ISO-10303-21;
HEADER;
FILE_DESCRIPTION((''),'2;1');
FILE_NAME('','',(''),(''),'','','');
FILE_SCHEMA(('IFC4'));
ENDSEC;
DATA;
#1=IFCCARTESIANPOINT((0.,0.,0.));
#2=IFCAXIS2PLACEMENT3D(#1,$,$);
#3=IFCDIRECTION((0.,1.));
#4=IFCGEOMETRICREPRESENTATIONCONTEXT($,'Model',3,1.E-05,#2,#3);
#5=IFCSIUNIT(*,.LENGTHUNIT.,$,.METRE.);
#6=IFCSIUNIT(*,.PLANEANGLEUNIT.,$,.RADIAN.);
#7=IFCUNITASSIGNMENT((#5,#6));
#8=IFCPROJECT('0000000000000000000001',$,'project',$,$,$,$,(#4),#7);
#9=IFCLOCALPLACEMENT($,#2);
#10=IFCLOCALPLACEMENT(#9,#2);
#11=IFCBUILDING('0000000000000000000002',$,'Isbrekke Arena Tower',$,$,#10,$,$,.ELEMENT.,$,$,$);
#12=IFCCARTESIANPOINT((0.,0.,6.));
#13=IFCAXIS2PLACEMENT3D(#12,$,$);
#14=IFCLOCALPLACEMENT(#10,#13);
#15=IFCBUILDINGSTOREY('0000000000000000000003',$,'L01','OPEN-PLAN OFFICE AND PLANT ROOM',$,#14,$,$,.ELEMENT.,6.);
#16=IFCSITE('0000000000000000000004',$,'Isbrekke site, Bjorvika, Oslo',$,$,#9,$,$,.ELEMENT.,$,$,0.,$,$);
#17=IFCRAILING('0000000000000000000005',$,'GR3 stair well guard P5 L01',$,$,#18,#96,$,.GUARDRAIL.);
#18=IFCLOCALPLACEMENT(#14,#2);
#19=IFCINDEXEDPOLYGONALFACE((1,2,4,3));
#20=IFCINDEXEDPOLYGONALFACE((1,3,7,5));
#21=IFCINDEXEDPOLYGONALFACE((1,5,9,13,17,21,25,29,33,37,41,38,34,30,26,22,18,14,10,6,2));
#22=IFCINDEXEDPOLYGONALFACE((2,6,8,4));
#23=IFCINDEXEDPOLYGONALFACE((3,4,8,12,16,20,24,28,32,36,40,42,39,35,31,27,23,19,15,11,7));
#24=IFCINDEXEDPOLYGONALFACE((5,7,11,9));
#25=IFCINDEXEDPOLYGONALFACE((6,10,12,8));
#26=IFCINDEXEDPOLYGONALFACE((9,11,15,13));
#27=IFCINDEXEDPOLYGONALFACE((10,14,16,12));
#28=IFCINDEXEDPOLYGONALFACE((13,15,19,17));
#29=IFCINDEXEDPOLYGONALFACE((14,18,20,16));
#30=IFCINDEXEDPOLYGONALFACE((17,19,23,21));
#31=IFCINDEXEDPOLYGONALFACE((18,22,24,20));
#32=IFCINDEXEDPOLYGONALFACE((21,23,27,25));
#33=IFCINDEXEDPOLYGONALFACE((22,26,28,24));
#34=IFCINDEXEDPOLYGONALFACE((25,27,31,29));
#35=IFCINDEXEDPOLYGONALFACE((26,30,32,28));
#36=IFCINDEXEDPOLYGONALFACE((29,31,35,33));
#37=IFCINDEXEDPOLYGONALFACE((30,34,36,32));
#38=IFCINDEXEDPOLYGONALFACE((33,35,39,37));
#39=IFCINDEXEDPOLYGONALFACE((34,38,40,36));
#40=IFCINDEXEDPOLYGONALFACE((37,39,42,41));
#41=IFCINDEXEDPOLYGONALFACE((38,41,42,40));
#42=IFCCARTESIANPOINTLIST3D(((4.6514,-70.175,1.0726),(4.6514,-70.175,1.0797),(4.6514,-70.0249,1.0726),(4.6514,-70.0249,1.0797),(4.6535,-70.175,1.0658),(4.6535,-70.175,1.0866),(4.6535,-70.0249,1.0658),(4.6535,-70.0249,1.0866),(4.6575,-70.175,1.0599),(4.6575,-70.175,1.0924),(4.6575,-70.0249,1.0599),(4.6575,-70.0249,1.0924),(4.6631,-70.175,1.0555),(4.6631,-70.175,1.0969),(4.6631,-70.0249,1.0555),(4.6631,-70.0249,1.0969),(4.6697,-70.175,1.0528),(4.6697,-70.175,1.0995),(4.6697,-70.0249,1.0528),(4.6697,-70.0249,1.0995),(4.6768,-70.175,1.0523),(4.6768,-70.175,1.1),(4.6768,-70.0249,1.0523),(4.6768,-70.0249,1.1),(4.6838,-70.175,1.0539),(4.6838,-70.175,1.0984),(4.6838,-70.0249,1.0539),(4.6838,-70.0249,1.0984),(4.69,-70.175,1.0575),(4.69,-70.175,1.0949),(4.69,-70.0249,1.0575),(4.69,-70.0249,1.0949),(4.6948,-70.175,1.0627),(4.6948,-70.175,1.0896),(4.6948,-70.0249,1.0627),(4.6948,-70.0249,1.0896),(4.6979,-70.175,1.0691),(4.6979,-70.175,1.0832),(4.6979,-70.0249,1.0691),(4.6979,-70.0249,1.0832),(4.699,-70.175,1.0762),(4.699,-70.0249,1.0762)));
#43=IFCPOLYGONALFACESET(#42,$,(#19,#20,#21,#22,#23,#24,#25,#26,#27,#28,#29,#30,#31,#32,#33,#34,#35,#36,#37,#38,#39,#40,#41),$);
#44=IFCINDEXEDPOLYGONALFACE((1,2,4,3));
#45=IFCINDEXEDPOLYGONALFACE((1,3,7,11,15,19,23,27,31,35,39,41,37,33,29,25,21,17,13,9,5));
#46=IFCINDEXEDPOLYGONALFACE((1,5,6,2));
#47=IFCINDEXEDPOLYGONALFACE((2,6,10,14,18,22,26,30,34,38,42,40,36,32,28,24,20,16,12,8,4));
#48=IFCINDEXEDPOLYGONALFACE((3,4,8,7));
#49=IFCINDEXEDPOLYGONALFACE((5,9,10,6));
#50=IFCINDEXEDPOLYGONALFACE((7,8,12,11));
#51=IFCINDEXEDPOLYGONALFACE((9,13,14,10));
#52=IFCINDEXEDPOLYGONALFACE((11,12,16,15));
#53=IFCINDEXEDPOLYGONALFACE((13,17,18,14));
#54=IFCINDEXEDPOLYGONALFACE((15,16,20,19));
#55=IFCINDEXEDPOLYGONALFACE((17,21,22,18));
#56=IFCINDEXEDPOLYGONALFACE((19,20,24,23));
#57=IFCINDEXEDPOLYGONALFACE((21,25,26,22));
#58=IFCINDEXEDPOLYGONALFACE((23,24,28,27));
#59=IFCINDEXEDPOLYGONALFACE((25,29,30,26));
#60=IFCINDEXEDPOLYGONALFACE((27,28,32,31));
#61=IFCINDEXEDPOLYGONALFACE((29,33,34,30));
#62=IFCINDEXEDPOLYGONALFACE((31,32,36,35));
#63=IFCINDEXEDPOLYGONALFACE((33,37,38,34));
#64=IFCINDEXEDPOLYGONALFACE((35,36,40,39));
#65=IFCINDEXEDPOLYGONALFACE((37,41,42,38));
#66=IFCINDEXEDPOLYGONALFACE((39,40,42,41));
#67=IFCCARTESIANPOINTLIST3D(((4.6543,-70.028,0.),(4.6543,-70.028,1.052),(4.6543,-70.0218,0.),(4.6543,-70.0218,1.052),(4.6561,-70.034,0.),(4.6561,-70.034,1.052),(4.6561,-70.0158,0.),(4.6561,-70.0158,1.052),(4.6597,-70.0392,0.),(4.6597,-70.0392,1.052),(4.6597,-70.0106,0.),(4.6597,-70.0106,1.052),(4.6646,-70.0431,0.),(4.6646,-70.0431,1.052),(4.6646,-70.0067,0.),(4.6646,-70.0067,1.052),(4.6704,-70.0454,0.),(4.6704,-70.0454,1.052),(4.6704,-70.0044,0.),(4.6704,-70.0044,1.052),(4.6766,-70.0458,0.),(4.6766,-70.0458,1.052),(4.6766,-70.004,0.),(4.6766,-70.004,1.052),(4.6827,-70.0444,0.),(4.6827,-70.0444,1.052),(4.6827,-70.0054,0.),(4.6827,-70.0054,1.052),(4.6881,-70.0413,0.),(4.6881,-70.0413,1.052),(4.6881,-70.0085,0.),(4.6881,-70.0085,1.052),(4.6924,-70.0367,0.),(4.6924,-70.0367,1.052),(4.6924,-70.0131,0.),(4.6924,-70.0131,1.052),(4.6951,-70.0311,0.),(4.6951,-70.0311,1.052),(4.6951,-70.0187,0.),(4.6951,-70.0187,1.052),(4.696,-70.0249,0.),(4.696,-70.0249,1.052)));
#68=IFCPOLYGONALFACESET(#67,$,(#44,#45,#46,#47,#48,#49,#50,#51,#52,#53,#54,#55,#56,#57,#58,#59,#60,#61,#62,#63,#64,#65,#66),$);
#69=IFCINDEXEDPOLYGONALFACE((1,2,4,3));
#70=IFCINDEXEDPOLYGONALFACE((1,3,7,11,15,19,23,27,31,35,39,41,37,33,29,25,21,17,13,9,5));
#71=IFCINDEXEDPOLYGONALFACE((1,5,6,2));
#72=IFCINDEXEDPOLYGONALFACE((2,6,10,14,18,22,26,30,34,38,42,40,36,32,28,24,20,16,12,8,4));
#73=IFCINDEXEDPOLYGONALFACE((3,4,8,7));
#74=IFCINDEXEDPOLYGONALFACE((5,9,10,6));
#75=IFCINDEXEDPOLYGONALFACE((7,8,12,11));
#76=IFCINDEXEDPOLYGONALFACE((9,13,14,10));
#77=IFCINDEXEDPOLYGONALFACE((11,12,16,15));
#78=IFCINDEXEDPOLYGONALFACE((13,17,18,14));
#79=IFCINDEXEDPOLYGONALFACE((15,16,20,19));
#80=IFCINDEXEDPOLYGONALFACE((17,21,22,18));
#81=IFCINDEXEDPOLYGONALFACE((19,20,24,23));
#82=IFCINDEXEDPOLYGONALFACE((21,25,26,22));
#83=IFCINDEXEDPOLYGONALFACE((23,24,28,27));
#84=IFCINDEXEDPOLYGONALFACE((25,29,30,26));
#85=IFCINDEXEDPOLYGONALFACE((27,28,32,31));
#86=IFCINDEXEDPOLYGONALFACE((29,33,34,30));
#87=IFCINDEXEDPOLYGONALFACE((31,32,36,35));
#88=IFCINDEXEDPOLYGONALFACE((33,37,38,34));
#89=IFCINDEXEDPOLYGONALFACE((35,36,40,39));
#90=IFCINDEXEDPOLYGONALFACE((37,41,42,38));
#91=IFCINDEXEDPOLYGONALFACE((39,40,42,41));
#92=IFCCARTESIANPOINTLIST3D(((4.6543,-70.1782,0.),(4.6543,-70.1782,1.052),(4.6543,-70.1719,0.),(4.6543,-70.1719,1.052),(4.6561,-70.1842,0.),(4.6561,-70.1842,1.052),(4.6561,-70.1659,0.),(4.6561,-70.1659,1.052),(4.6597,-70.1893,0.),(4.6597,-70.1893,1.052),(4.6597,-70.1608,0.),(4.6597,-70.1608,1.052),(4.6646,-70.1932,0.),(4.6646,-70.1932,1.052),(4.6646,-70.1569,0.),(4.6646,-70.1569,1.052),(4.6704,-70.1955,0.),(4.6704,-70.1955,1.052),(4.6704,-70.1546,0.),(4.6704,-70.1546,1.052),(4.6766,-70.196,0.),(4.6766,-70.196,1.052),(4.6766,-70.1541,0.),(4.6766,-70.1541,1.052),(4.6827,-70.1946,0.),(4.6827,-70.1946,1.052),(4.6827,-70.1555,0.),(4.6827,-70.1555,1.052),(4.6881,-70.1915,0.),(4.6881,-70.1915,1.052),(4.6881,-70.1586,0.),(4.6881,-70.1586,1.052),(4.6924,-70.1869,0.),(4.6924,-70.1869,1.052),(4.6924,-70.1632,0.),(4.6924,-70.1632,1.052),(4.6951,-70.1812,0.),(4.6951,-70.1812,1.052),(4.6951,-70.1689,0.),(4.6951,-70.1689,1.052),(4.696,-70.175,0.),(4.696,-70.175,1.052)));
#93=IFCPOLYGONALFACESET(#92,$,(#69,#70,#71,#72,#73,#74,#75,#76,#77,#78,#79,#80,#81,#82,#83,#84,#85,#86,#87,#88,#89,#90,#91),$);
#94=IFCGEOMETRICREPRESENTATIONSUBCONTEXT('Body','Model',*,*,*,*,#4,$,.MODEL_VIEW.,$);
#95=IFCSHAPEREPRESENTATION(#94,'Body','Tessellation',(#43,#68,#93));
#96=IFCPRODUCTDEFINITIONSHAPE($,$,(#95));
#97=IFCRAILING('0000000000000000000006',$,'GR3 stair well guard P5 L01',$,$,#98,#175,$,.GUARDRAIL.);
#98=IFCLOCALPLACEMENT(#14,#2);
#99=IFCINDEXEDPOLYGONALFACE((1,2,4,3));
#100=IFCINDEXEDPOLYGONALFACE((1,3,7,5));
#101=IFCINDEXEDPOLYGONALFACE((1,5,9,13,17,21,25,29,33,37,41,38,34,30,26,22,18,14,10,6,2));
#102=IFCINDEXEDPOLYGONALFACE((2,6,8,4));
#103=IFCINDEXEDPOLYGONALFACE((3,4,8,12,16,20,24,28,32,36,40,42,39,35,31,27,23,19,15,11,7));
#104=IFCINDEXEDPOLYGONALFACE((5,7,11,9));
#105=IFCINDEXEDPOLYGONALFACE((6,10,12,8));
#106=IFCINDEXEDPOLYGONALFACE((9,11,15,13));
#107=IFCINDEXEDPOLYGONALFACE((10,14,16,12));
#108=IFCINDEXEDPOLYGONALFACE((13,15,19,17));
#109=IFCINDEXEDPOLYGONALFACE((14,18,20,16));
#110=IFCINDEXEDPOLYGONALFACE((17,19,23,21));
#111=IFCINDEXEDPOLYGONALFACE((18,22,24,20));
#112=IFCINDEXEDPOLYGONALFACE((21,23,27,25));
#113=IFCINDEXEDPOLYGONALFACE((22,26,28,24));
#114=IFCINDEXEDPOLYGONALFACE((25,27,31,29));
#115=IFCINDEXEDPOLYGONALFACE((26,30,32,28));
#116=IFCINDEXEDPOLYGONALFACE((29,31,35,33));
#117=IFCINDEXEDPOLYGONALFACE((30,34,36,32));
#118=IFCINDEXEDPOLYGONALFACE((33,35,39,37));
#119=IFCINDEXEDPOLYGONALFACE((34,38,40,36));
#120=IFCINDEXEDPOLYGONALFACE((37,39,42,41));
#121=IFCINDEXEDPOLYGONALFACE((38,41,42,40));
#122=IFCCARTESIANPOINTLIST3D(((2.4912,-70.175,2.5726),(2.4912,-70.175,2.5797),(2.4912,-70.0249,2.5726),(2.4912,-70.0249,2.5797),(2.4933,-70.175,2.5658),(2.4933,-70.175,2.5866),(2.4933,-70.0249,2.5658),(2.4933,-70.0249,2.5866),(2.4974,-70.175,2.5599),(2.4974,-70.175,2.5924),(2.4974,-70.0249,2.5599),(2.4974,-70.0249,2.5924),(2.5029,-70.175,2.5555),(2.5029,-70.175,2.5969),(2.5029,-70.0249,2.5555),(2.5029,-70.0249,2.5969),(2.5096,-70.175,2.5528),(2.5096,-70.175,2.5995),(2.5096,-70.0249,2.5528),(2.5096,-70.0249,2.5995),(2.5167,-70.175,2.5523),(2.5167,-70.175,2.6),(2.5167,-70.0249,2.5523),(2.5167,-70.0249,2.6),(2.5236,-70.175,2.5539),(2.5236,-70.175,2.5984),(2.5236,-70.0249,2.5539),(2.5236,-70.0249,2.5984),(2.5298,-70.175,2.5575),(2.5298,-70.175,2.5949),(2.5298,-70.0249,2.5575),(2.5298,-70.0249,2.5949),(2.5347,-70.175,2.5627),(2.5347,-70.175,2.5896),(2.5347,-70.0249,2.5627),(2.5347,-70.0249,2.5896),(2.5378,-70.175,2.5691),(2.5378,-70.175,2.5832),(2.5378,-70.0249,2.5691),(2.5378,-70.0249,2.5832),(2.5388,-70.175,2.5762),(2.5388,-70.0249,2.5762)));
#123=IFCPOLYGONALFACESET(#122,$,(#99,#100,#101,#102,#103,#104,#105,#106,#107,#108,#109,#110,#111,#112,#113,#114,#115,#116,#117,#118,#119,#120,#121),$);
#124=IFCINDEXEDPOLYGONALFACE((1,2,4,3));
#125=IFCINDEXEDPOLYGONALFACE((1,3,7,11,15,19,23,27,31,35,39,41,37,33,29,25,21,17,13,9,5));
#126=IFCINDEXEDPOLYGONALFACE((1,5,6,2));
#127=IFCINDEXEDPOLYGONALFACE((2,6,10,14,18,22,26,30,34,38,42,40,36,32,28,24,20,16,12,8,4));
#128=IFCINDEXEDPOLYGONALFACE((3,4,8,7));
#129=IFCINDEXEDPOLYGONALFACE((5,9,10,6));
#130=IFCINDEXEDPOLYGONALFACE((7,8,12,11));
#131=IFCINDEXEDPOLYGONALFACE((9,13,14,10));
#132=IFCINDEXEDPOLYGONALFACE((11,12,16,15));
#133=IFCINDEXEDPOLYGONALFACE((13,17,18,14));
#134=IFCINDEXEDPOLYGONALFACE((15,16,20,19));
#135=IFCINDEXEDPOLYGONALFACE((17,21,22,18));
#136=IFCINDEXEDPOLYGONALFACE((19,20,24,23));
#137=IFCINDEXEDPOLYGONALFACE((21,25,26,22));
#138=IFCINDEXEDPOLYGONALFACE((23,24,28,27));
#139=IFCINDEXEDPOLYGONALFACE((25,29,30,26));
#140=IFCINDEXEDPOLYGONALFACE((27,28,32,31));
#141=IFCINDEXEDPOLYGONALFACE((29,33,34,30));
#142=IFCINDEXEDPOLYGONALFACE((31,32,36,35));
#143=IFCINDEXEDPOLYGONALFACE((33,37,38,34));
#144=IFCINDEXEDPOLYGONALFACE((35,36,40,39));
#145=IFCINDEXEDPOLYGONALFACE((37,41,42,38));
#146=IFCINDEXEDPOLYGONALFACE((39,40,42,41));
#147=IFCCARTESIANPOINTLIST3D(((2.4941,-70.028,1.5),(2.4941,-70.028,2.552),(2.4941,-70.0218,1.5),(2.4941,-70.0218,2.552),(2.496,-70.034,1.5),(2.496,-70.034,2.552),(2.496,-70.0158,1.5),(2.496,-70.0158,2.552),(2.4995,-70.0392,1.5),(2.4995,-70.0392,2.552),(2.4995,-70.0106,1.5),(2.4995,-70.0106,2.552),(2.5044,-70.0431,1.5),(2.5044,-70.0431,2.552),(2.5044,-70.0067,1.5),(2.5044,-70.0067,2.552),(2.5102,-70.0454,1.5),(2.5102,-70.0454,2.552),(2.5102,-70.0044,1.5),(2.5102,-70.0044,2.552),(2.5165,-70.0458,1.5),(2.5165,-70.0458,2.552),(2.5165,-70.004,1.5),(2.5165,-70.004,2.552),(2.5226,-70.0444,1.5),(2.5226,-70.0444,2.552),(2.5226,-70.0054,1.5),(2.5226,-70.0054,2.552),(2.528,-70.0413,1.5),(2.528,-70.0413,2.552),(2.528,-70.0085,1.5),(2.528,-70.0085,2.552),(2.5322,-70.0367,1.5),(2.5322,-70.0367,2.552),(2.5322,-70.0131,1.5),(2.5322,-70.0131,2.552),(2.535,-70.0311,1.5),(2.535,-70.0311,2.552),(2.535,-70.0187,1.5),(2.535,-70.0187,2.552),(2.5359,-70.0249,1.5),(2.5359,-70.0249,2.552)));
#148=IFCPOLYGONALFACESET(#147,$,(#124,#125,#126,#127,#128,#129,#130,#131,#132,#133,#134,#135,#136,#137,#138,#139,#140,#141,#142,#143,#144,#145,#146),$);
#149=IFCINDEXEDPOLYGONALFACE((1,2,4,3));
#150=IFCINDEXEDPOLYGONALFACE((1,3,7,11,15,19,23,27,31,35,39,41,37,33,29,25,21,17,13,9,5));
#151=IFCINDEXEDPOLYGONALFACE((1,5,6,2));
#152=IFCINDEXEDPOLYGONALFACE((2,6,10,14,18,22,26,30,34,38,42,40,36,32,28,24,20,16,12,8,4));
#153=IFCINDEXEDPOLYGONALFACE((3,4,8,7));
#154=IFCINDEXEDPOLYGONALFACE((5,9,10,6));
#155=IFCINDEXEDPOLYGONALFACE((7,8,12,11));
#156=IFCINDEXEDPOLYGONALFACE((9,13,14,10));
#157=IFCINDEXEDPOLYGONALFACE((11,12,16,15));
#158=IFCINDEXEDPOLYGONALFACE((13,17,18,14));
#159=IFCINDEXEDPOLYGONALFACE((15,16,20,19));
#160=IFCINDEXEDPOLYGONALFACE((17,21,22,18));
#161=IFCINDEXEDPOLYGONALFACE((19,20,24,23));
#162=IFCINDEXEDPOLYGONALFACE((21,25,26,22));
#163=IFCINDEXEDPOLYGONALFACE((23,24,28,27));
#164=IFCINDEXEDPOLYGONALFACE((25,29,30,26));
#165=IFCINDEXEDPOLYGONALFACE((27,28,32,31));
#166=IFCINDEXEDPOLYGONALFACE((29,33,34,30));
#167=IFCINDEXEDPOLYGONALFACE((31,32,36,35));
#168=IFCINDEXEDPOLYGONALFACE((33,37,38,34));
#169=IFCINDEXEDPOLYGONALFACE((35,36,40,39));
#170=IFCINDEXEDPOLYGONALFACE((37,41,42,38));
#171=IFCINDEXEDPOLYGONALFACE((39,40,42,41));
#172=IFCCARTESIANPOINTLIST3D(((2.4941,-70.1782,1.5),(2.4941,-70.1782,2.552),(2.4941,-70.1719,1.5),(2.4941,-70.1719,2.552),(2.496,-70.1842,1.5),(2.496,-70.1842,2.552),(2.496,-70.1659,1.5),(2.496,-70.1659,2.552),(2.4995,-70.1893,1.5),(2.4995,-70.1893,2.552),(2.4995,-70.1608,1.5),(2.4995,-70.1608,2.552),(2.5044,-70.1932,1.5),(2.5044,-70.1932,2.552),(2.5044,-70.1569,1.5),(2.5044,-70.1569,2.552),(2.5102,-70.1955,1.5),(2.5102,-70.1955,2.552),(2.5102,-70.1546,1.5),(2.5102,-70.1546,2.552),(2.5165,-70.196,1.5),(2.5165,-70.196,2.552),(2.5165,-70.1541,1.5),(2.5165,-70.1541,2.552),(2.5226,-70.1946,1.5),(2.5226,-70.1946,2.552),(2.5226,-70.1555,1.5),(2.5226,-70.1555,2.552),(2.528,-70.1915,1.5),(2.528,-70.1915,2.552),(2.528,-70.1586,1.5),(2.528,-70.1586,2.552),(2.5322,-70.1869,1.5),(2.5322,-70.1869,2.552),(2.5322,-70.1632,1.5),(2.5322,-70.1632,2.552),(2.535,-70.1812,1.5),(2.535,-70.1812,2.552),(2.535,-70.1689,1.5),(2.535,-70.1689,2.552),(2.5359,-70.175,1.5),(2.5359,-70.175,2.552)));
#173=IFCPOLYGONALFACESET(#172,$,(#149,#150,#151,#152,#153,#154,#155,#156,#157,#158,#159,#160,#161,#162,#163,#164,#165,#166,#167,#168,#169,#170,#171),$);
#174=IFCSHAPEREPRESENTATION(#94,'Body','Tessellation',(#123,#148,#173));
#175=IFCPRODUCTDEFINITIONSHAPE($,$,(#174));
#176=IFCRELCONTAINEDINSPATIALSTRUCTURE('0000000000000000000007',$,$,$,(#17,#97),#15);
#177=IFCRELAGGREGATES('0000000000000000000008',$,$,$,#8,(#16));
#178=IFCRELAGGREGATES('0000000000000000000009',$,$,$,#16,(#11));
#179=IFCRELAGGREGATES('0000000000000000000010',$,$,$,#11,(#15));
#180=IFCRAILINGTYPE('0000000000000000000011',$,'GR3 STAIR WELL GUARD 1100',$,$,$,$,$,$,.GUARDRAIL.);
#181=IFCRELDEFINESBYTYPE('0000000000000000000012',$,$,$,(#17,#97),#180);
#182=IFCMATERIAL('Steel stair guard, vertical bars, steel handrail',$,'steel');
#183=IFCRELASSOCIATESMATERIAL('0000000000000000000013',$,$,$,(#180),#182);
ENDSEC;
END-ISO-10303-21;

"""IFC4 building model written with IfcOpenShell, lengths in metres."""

from ifc_helpers import new_model, si_unit, direction, frame, origin, origin_2d, place, context, subcontext, project, spatial, circle, extrude, material, type_object, element, save


model = new_model("IFC4")

# Units and contexts
model_context = context("Model", 3, precision=1e-05, world=origin(), true_north=direction((0.0, 1.0)))
body_context = subcontext(model_context, "Body", "Model", "MODEL_VIEW")
ifc_project = project(units=[si_unit("LENGTHUNIT", "METRE"), si_unit("PLANEANGLEUNIT", "RADIAN")], contexts=[model_context])

# Site, building, storey
site_placement = place(None, origin())
site = spatial("IfcSite", under=ifc_project, at=site_placement, Name="Isbrekke site, Bjorvika, Oslo", CompositionType="ELEMENT", RefElevation=0.0)
building_placement = place(site_placement, origin())
building = spatial("IfcBuilding", under=site, at=building_placement, Name="Isbrekke Arena Tower", CompositionType="ELEMENT")
storey_placement = place(building_placement, frame((0.0, 0.0, 6.0)))
storey = spatial("IfcBuildingStorey", under=building, at=storey_placement, Name="L01", Description="OPEN-PLAN OFFICE AND PLANT ROOM", CompositionType="ELEMENT", Elevation=6.0)

# Railings
ifc_material_1 = material(Name="Steel stair guard, vertical bars, steel handrail", Category="steel")
railing_type = type_object("IfcRailingType", Name="GR3 STAIR WELL GUARD 1100", PredefinedType="GUARDRAIL", material=ifc_material_1)
for number, where, name in (
    (1, (4.675, -70.0249, 0.0), "GR3 stair well guard P5 L01"),
    (2, (2.5149, -70.0249, 1.5), "GR3 stair well guard P5 L01"),
):
    element("IfcRailing", number, at=place(storey_placement, frame(where)), inside=storey, type_object=railing_type, Name=name, PredefinedType="GUARDRAIL", context=body_context, shape_type="SweptSolid", body=[
        extrude(circle(Radius=0.0239, at=origin_2d()), frame((0.0, 0.0, 1.0762), z_axis=(0.0, -1.0, 0.0), x_axis=(1.0, 0.0, 0.0)), (0.0, 0.0, 1.0), 0.1501),
        extrude(circle(Radius=0.021, at=origin_2d()), origin(), (0.0, 0.0, 1.0), 1.052),
        extrude(circle(Radius=0.021, at=origin_2d()), frame((0.0, -0.1501, 0.0)), (0.0, 0.0, 1.0), 1.052),
    ])

save(model, "model.ifc")
